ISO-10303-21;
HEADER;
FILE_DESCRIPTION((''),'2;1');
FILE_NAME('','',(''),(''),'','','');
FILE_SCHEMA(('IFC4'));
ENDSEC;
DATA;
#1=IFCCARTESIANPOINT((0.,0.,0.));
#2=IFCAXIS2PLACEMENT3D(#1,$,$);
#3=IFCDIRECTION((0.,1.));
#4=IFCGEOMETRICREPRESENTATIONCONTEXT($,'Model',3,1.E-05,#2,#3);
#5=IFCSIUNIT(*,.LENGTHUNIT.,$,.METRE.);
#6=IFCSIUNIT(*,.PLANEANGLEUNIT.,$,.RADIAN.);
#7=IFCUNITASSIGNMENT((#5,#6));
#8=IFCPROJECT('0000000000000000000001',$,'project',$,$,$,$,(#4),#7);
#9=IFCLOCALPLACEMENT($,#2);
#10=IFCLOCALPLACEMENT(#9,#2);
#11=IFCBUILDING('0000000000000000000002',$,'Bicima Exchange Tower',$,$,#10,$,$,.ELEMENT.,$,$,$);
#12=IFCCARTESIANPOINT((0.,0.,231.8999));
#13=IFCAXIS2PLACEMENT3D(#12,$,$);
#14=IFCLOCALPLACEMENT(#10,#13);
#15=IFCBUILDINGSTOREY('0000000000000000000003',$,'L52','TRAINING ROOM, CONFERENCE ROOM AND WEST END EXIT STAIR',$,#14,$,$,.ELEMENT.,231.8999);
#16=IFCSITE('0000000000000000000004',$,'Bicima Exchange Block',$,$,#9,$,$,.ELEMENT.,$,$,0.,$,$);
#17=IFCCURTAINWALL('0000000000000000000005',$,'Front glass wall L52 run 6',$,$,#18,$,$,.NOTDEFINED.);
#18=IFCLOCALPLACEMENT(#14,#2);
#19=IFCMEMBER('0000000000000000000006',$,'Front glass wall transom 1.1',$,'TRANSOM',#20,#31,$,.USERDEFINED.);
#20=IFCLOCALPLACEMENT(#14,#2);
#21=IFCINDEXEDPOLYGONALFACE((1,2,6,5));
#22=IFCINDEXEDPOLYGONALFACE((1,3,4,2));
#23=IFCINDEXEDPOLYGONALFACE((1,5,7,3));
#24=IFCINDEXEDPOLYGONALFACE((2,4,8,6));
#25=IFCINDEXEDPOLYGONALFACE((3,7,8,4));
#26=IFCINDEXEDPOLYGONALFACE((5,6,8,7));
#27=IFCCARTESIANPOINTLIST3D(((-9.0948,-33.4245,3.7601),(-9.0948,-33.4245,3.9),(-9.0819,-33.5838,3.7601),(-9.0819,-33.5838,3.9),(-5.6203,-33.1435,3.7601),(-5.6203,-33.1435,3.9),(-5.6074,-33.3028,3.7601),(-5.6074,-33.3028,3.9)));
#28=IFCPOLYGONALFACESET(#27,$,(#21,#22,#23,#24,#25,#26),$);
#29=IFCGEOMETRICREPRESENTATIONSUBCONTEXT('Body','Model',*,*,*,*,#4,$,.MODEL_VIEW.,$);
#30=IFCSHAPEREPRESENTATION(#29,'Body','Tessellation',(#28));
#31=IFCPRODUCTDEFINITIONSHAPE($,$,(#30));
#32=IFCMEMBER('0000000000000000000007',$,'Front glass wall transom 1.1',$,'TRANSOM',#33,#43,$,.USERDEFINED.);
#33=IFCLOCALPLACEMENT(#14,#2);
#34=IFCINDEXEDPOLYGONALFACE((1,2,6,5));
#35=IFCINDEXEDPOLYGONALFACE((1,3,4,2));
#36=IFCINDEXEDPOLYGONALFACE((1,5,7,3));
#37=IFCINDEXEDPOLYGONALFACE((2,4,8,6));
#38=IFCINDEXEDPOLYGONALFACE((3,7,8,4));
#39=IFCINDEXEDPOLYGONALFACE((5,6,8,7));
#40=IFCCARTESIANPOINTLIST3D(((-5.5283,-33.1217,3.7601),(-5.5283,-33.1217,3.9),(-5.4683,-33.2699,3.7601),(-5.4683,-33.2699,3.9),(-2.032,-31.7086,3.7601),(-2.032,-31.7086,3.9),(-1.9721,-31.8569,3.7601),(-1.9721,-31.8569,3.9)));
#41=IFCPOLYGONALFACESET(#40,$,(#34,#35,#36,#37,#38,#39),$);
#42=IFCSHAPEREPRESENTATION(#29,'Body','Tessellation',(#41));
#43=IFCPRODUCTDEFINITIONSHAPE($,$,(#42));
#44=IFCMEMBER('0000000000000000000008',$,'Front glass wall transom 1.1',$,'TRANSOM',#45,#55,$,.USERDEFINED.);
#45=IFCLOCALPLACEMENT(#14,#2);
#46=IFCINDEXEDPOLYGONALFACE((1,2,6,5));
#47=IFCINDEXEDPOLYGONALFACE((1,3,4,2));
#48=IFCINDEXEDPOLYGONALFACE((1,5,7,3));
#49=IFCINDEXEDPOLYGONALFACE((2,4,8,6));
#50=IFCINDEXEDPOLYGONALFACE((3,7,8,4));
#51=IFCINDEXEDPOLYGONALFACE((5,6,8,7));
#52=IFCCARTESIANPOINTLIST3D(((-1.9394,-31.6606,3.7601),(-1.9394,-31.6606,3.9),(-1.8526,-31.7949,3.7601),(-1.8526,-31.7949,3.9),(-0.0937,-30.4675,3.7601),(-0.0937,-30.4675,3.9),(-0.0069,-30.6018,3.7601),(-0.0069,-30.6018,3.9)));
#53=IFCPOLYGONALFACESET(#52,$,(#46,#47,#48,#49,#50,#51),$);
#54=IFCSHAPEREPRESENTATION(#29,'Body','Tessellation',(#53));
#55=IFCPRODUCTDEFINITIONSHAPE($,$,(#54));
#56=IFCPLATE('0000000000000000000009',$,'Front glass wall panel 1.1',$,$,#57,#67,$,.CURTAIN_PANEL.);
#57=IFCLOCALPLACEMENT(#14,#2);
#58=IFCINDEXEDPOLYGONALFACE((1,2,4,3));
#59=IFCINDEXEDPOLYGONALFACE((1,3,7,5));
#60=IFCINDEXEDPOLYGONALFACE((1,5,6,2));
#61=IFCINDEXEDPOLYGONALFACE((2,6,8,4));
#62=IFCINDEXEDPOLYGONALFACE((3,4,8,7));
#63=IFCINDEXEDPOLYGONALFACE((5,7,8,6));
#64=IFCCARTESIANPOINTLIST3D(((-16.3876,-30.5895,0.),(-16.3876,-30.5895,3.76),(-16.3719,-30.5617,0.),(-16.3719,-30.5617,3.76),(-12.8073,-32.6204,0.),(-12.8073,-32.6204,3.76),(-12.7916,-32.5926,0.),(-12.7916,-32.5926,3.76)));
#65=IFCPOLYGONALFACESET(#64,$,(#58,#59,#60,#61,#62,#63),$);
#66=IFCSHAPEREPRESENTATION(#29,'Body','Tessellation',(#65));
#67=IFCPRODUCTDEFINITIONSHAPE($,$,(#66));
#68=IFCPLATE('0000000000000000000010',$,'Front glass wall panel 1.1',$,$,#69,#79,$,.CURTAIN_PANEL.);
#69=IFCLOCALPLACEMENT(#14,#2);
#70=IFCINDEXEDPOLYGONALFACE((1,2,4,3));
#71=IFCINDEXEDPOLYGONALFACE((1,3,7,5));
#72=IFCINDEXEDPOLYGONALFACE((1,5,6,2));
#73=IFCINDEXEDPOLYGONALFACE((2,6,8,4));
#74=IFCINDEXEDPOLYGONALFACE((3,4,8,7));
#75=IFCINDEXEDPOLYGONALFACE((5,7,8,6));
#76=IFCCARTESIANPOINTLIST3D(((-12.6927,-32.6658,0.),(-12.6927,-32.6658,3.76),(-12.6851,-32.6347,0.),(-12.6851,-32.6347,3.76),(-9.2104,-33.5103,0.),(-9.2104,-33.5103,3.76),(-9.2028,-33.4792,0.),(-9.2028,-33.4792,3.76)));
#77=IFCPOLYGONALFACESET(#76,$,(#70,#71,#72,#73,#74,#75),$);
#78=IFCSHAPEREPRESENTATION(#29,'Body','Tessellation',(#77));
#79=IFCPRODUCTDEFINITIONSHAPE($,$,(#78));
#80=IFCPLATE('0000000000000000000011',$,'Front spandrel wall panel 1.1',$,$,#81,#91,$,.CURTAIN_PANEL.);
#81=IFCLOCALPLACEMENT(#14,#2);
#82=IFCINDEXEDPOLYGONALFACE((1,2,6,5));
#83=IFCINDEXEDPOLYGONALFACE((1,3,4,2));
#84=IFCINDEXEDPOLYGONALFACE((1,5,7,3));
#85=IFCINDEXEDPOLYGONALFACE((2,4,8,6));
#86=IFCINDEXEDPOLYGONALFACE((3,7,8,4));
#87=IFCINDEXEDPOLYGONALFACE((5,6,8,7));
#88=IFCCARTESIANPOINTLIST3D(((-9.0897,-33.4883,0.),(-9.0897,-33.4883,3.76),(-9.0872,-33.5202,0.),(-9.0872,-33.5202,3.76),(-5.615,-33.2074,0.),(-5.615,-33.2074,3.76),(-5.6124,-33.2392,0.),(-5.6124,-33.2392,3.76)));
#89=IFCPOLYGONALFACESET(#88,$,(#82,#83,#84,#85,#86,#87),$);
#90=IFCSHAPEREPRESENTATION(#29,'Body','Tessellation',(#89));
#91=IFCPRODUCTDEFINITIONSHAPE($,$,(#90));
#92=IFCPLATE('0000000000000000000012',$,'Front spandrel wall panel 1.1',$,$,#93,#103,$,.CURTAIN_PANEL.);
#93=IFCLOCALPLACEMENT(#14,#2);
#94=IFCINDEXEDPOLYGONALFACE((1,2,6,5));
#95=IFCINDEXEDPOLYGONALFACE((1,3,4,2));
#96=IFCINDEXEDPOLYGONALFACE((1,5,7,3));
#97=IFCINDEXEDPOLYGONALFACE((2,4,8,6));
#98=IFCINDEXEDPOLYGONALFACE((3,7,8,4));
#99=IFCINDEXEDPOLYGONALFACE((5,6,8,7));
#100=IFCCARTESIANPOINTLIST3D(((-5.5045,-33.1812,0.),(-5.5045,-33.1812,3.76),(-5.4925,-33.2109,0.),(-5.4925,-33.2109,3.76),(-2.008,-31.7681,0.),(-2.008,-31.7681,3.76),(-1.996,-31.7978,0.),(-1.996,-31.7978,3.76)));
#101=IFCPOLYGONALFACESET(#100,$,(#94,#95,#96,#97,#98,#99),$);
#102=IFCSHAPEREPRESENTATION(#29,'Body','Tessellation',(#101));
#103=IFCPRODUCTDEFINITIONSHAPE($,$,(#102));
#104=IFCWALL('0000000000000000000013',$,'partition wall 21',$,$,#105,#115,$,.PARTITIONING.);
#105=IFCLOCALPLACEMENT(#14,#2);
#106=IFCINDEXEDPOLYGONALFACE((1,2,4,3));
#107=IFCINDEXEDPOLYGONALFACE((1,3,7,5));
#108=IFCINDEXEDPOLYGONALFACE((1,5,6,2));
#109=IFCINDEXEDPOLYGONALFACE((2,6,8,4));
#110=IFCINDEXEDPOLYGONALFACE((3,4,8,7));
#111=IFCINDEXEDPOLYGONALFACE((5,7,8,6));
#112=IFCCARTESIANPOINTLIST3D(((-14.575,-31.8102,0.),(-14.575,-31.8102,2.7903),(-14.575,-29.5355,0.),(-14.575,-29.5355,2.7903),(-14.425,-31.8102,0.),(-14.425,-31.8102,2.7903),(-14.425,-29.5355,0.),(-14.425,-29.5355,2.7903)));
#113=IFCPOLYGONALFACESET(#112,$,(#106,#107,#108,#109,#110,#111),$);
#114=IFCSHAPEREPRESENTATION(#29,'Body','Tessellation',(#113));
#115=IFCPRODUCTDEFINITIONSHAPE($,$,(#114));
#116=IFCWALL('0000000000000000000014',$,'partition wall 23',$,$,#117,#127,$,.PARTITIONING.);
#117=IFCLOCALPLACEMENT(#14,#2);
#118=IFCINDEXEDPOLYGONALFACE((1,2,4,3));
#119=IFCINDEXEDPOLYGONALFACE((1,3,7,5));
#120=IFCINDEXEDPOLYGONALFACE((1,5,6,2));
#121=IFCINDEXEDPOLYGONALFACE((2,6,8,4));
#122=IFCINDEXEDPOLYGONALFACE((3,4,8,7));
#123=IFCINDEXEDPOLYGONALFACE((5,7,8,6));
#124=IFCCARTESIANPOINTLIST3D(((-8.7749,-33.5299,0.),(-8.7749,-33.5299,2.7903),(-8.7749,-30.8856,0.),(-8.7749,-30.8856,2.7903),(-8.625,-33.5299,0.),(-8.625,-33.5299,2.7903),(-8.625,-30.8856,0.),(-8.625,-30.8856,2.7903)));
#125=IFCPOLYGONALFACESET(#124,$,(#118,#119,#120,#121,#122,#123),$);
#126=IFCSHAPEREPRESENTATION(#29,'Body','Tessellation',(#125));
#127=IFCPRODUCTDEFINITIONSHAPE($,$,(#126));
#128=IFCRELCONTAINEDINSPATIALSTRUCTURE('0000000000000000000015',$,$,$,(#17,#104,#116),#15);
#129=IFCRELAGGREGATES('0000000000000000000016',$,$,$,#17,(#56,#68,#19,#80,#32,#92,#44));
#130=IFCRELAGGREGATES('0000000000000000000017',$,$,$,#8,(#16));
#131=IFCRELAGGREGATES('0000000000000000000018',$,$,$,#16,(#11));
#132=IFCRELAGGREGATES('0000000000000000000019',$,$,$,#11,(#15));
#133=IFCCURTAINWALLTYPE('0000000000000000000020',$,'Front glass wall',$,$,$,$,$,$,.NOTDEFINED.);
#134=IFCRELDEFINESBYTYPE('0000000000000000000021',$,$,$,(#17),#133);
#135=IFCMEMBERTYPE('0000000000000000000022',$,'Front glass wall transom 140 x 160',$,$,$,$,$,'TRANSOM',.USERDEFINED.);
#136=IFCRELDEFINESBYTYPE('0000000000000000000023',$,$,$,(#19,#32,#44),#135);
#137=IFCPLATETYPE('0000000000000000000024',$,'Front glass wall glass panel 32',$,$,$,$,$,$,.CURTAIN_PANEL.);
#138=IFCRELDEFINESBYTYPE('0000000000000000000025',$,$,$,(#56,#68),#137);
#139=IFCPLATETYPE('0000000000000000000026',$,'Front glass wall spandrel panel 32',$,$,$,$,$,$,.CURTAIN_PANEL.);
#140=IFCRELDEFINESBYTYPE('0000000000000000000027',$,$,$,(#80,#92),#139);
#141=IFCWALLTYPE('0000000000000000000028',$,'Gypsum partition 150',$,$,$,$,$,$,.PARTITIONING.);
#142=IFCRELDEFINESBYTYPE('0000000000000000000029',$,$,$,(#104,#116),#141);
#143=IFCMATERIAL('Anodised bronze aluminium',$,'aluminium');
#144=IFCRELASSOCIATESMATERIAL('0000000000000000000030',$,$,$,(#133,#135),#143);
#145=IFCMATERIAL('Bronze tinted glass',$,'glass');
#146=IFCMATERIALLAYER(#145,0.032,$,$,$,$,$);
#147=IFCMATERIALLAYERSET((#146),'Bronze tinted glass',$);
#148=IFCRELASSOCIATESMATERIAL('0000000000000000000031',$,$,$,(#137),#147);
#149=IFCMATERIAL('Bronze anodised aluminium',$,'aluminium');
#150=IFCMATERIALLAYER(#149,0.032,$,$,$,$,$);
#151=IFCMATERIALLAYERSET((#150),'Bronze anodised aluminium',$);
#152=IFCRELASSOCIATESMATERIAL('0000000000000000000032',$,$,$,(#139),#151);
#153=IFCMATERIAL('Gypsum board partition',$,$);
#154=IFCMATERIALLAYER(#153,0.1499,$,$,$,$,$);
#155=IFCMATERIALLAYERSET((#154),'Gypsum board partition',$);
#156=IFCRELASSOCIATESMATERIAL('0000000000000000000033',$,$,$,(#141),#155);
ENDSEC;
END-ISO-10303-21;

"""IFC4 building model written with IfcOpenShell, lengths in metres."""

from ifc_helpers import new_model, si_unit, direction, frame, frame_2d, origin, origin_2d, place, context, subcontext, project, spatial, rectangle, extrude, material, layer, layer_set, material_profile, profile_set, type_object, element, aggregate, save


model = new_model("IFC4")

# Units and contexts
model_context = context("Model", 3, precision=1e-05, world=origin(), true_north=direction((0.0, 1.0)))
body_context = subcontext(model_context, "Body", "Model", "MODEL_VIEW")
ifc_project = project(units=[si_unit("LENGTHUNIT", "METRE"), si_unit("PLANEANGLEUNIT", "RADIAN")], contexts=[model_context])

# Site, building, storey
site_placement = place(None, origin())
site = spatial("IfcSite", under=ifc_project, at=site_placement, Name="Bicima Exchange Block", CompositionType="ELEMENT", RefElevation=0.0)
building_placement = place(site_placement, origin())
building = spatial("IfcBuilding", under=site, at=building_placement, Name="Bicima Exchange Tower", CompositionType="ELEMENT")
storey_placement = place(building_placement, frame((0.0, 0.0, 231.8999)))
storey = spatial("IfcBuildingStorey", under=building, at=storey_placement, Name="L52", Description="TRAINING ROOM, CONFERENCE ROOM AND WEST END EXIT STAIR", CompositionType="ELEMENT", Elevation=231.8999)

# Curtain wall, members, plates
ifc_material_1 = material(Name="Anodised bronze aluminium", Category="aluminium")
curtain_wall_type = type_object("IfcCurtainWallType", Name="Front glass wall", PredefinedType="NOTDEFINED", material=ifc_material_1)
curtain_wall_placement = place(storey_placement, origin())
curtain_wall = element("IfcCurtainWall", 1, at=curtain_wall_placement, inside=storey, type_object=curtain_wall_type, Name="Front glass wall L52 run 6", PredefinedType="NOTDEFINED")
ifc_material_profile_1 = material_profile(ifc_material_1, rectangle(XDim=0.1599, YDim=0.1399, at=origin_2d()))
ifc_profile_set_1 = profile_set([ifc_material_profile_1], Name="Anodised bronze aluminium")
member_type_1 = type_object("IfcMemberType", Name="Front glass wall transom 140 x 160", ElementType="TRANSOM", PredefinedType="USERDEFINED", material=ifc_profile_set_1)
member_1_placement = place(storey_placement, frame((-9.0884, -33.5042, 3.8301), z_axis=(0.996746, 0.080611, 0.0), x_axis=(-0.080611, 0.996746, 0.0)))
member_1 = element("IfcMember", 2, at=member_1_placement, type_object=member_type_1, Name="Front glass wall transom 1.1", ObjectType="TRANSOM", PredefinedType="USERDEFINED", context=body_context, shape_type="SweptSolid", body=[
    extrude(rectangle(XDim=0.1599, YDim=0.1399, at=origin_2d()), origin(), (0.0, 0.0, 1.0), 3.4858),
])
member_2_placement = place(storey_placement, frame((-5.4983, -33.1958, 3.8301), z_axis=(0.92714, 0.374715, 0.0), x_axis=(-0.374715, 0.92714, 0.0)))
member_2 = element("IfcMember", 3, at=member_2_placement, type_object=member_type_1, Name="Front glass wall transom 1.1", ObjectType="TRANSOM", PredefinedType="USERDEFINED", context=body_context, shape_type="SweptSolid", body=[
    extrude(rectangle(XDim=0.1599, YDim=0.1399, at=origin_2d()), origin(), (0.0, 0.0, 1.0), 3.771),
])
member_3_placement = place(storey_placement, frame((-1.896, -31.7278, 3.8301), z_axis=(0.839811, 0.542878, 0.0), x_axis=(-0.542878, 0.839811, 0.0)))
member_3 = element("IfcMember", 4, at=member_3_placement, type_object=member_type_1, Name="Front glass wall transom 1.1", ObjectType="TRANSOM", PredefinedType="USERDEFINED", context=body_context, shape_type="SweptSolid", body=[
    extrude(rectangle(XDim=0.1599, YDim=0.1399, at=origin_2d()), origin(), (0.0, 0.0, 1.0), 2.1978),
])
ifc_material_2 = material(Name="Bronze tinted glass", Category="glass")
ifc_layer_1 = layer(ifc_material_2, 0.032)
ifc_layer_set_1 = layer_set([ifc_layer_1], Name="Bronze tinted glass")
plate_type_1 = type_object("IfcPlateType", Name="Front glass wall glass panel 32", PredefinedType="CURTAIN_PANEL", material=ifc_layer_set_1)
plate_1_placement = place(storey_placement, frame((-14.5896, -31.5911, 0.0), z_axis=(0.0, 0.0, 1.0), x_axis=(0.869805, -0.493395, 0.0)))
plate_1 = element("IfcPlate", 5, at=plate_1_placement, type_object=plate_type_1, Name="Front glass wall panel 1.1", PredefinedType="CURTAIN_PANEL", context=body_context, shape_type="SweptSolid", body=[
    extrude(rectangle(XDim=4.1162, YDim=0.032, at=origin_2d()), origin(), (0.0, 0.0, 1.0), 3.76),
])
plate_2_placement = place(storey_placement, frame((-10.9478, -33.0725, 0.0), z_axis=(0.0, 0.0, 1.0), x_axis=(0.97183, -0.235682, 0.0)))
plate_2 = element("IfcPlate", 6, at=plate_2_placement, type_object=plate_type_1, Name="Front glass wall panel 1.1", PredefinedType="CURTAIN_PANEL", context=body_context, shape_type="SweptSolid", body=[
    extrude(rectangle(XDim=3.5833, YDim=0.032, at=origin_2d()), origin(), (0.0, 0.0, 1.0), 3.76),
])
ifc_material_3 = material(Name="Bronze anodised aluminium", Category="aluminium")
ifc_layer_2 = layer(ifc_material_3, 0.032)
ifc_layer_set_2 = layer_set([ifc_layer_2], Name="Bronze anodised aluminium")
plate_type_2 = type_object("IfcPlateType", Name="Front glass wall spandrel panel 32", PredefinedType="CURTAIN_PANEL", material=ifc_layer_set_2)
plate_3_placement = place(storey_placement, frame((-7.3511, -33.3638, 0.0), z_axis=(0.0, 0.0, 1.0), x_axis=(0.996747, 0.080589, 0.0)))
plate_3 = element("IfcPlate", 7, at=plate_3_placement, type_object=plate_type_2, Name="Front spandrel wall panel 1.1", PredefinedType="CURTAIN_PANEL", context=body_context, shape_type="SweptSolid", body=[
    extrude(rectangle(XDim=3.4861, YDim=0.032, at=origin_2d()), origin(), (0.0, 0.0, 1.0), 3.76),
])
plate_4_placement = place(storey_placement, frame((-3.7502, -32.4895, 0.0), z_axis=(0.0, 0.0, 1.0), x_axis=(0.927144, 0.374705, 0.0)))
plate_4 = element("IfcPlate", 8, at=plate_4_placement, type_object=plate_type_2, Name="Front spandrel wall panel 1.1", PredefinedType="CURTAIN_PANEL", context=body_context, shape_type="SweptSolid", body=[
    extrude(rectangle(XDim=3.7712, YDim=0.032, at=origin_2d()), origin(), (0.0, 0.0, 1.0), 3.76),
])
aggregate(curtain_wall, [plate_1, plate_2, member_1, plate_3, member_2, plate_4, member_3])

# Walls
ifc_material_4 = material(Name="Gypsum board partition")
ifc_layer_3 = layer(ifc_material_4, 0.1499)
ifc_layer_set_3 = layer_set([ifc_layer_3], Name="Gypsum board partition")
wall_type = type_object("IfcWallType", Name="Gypsum partition 150", PredefinedType="PARTITIONING", material=ifc_layer_set_3)
wall_1_placement = place(storey_placement, frame((-14.5, -31.8101, 0.0), z_axis=(0.0, 0.0, 1.0), x_axis=(0.0, 1.0, 0.0)))
element("IfcWall", 9, at=wall_1_placement, inside=storey, type_object=wall_type, Name="partition wall 21", PredefinedType="PARTITIONING", context=body_context, shape_type="SweptSolid", body=[
    extrude(rectangle(XDim=2.2747, YDim=0.1499, at=frame_2d((1.1372, 0.0))), origin(), (0.0, 0.0, 1.0), 2.7903),
])
wall_2_placement = place(storey_placement, frame((-8.7, -33.53, 0.0), z_axis=(0.0, 0.0, 1.0), x_axis=(0.0, 1.0, 0.0)))
element("IfcWall", 10, at=wall_2_placement, inside=storey, type_object=wall_type, Name="partition wall 23", PredefinedType="PARTITIONING", context=body_context, shape_type="SweptSolid", body=[
    extrude(rectangle(XDim=2.6443, YDim=0.1499, at=frame_2d((1.3223, 0.0))), origin(), (0.0, 0.0, 1.0), 2.7903),
])

save(model, "model.ifc")
